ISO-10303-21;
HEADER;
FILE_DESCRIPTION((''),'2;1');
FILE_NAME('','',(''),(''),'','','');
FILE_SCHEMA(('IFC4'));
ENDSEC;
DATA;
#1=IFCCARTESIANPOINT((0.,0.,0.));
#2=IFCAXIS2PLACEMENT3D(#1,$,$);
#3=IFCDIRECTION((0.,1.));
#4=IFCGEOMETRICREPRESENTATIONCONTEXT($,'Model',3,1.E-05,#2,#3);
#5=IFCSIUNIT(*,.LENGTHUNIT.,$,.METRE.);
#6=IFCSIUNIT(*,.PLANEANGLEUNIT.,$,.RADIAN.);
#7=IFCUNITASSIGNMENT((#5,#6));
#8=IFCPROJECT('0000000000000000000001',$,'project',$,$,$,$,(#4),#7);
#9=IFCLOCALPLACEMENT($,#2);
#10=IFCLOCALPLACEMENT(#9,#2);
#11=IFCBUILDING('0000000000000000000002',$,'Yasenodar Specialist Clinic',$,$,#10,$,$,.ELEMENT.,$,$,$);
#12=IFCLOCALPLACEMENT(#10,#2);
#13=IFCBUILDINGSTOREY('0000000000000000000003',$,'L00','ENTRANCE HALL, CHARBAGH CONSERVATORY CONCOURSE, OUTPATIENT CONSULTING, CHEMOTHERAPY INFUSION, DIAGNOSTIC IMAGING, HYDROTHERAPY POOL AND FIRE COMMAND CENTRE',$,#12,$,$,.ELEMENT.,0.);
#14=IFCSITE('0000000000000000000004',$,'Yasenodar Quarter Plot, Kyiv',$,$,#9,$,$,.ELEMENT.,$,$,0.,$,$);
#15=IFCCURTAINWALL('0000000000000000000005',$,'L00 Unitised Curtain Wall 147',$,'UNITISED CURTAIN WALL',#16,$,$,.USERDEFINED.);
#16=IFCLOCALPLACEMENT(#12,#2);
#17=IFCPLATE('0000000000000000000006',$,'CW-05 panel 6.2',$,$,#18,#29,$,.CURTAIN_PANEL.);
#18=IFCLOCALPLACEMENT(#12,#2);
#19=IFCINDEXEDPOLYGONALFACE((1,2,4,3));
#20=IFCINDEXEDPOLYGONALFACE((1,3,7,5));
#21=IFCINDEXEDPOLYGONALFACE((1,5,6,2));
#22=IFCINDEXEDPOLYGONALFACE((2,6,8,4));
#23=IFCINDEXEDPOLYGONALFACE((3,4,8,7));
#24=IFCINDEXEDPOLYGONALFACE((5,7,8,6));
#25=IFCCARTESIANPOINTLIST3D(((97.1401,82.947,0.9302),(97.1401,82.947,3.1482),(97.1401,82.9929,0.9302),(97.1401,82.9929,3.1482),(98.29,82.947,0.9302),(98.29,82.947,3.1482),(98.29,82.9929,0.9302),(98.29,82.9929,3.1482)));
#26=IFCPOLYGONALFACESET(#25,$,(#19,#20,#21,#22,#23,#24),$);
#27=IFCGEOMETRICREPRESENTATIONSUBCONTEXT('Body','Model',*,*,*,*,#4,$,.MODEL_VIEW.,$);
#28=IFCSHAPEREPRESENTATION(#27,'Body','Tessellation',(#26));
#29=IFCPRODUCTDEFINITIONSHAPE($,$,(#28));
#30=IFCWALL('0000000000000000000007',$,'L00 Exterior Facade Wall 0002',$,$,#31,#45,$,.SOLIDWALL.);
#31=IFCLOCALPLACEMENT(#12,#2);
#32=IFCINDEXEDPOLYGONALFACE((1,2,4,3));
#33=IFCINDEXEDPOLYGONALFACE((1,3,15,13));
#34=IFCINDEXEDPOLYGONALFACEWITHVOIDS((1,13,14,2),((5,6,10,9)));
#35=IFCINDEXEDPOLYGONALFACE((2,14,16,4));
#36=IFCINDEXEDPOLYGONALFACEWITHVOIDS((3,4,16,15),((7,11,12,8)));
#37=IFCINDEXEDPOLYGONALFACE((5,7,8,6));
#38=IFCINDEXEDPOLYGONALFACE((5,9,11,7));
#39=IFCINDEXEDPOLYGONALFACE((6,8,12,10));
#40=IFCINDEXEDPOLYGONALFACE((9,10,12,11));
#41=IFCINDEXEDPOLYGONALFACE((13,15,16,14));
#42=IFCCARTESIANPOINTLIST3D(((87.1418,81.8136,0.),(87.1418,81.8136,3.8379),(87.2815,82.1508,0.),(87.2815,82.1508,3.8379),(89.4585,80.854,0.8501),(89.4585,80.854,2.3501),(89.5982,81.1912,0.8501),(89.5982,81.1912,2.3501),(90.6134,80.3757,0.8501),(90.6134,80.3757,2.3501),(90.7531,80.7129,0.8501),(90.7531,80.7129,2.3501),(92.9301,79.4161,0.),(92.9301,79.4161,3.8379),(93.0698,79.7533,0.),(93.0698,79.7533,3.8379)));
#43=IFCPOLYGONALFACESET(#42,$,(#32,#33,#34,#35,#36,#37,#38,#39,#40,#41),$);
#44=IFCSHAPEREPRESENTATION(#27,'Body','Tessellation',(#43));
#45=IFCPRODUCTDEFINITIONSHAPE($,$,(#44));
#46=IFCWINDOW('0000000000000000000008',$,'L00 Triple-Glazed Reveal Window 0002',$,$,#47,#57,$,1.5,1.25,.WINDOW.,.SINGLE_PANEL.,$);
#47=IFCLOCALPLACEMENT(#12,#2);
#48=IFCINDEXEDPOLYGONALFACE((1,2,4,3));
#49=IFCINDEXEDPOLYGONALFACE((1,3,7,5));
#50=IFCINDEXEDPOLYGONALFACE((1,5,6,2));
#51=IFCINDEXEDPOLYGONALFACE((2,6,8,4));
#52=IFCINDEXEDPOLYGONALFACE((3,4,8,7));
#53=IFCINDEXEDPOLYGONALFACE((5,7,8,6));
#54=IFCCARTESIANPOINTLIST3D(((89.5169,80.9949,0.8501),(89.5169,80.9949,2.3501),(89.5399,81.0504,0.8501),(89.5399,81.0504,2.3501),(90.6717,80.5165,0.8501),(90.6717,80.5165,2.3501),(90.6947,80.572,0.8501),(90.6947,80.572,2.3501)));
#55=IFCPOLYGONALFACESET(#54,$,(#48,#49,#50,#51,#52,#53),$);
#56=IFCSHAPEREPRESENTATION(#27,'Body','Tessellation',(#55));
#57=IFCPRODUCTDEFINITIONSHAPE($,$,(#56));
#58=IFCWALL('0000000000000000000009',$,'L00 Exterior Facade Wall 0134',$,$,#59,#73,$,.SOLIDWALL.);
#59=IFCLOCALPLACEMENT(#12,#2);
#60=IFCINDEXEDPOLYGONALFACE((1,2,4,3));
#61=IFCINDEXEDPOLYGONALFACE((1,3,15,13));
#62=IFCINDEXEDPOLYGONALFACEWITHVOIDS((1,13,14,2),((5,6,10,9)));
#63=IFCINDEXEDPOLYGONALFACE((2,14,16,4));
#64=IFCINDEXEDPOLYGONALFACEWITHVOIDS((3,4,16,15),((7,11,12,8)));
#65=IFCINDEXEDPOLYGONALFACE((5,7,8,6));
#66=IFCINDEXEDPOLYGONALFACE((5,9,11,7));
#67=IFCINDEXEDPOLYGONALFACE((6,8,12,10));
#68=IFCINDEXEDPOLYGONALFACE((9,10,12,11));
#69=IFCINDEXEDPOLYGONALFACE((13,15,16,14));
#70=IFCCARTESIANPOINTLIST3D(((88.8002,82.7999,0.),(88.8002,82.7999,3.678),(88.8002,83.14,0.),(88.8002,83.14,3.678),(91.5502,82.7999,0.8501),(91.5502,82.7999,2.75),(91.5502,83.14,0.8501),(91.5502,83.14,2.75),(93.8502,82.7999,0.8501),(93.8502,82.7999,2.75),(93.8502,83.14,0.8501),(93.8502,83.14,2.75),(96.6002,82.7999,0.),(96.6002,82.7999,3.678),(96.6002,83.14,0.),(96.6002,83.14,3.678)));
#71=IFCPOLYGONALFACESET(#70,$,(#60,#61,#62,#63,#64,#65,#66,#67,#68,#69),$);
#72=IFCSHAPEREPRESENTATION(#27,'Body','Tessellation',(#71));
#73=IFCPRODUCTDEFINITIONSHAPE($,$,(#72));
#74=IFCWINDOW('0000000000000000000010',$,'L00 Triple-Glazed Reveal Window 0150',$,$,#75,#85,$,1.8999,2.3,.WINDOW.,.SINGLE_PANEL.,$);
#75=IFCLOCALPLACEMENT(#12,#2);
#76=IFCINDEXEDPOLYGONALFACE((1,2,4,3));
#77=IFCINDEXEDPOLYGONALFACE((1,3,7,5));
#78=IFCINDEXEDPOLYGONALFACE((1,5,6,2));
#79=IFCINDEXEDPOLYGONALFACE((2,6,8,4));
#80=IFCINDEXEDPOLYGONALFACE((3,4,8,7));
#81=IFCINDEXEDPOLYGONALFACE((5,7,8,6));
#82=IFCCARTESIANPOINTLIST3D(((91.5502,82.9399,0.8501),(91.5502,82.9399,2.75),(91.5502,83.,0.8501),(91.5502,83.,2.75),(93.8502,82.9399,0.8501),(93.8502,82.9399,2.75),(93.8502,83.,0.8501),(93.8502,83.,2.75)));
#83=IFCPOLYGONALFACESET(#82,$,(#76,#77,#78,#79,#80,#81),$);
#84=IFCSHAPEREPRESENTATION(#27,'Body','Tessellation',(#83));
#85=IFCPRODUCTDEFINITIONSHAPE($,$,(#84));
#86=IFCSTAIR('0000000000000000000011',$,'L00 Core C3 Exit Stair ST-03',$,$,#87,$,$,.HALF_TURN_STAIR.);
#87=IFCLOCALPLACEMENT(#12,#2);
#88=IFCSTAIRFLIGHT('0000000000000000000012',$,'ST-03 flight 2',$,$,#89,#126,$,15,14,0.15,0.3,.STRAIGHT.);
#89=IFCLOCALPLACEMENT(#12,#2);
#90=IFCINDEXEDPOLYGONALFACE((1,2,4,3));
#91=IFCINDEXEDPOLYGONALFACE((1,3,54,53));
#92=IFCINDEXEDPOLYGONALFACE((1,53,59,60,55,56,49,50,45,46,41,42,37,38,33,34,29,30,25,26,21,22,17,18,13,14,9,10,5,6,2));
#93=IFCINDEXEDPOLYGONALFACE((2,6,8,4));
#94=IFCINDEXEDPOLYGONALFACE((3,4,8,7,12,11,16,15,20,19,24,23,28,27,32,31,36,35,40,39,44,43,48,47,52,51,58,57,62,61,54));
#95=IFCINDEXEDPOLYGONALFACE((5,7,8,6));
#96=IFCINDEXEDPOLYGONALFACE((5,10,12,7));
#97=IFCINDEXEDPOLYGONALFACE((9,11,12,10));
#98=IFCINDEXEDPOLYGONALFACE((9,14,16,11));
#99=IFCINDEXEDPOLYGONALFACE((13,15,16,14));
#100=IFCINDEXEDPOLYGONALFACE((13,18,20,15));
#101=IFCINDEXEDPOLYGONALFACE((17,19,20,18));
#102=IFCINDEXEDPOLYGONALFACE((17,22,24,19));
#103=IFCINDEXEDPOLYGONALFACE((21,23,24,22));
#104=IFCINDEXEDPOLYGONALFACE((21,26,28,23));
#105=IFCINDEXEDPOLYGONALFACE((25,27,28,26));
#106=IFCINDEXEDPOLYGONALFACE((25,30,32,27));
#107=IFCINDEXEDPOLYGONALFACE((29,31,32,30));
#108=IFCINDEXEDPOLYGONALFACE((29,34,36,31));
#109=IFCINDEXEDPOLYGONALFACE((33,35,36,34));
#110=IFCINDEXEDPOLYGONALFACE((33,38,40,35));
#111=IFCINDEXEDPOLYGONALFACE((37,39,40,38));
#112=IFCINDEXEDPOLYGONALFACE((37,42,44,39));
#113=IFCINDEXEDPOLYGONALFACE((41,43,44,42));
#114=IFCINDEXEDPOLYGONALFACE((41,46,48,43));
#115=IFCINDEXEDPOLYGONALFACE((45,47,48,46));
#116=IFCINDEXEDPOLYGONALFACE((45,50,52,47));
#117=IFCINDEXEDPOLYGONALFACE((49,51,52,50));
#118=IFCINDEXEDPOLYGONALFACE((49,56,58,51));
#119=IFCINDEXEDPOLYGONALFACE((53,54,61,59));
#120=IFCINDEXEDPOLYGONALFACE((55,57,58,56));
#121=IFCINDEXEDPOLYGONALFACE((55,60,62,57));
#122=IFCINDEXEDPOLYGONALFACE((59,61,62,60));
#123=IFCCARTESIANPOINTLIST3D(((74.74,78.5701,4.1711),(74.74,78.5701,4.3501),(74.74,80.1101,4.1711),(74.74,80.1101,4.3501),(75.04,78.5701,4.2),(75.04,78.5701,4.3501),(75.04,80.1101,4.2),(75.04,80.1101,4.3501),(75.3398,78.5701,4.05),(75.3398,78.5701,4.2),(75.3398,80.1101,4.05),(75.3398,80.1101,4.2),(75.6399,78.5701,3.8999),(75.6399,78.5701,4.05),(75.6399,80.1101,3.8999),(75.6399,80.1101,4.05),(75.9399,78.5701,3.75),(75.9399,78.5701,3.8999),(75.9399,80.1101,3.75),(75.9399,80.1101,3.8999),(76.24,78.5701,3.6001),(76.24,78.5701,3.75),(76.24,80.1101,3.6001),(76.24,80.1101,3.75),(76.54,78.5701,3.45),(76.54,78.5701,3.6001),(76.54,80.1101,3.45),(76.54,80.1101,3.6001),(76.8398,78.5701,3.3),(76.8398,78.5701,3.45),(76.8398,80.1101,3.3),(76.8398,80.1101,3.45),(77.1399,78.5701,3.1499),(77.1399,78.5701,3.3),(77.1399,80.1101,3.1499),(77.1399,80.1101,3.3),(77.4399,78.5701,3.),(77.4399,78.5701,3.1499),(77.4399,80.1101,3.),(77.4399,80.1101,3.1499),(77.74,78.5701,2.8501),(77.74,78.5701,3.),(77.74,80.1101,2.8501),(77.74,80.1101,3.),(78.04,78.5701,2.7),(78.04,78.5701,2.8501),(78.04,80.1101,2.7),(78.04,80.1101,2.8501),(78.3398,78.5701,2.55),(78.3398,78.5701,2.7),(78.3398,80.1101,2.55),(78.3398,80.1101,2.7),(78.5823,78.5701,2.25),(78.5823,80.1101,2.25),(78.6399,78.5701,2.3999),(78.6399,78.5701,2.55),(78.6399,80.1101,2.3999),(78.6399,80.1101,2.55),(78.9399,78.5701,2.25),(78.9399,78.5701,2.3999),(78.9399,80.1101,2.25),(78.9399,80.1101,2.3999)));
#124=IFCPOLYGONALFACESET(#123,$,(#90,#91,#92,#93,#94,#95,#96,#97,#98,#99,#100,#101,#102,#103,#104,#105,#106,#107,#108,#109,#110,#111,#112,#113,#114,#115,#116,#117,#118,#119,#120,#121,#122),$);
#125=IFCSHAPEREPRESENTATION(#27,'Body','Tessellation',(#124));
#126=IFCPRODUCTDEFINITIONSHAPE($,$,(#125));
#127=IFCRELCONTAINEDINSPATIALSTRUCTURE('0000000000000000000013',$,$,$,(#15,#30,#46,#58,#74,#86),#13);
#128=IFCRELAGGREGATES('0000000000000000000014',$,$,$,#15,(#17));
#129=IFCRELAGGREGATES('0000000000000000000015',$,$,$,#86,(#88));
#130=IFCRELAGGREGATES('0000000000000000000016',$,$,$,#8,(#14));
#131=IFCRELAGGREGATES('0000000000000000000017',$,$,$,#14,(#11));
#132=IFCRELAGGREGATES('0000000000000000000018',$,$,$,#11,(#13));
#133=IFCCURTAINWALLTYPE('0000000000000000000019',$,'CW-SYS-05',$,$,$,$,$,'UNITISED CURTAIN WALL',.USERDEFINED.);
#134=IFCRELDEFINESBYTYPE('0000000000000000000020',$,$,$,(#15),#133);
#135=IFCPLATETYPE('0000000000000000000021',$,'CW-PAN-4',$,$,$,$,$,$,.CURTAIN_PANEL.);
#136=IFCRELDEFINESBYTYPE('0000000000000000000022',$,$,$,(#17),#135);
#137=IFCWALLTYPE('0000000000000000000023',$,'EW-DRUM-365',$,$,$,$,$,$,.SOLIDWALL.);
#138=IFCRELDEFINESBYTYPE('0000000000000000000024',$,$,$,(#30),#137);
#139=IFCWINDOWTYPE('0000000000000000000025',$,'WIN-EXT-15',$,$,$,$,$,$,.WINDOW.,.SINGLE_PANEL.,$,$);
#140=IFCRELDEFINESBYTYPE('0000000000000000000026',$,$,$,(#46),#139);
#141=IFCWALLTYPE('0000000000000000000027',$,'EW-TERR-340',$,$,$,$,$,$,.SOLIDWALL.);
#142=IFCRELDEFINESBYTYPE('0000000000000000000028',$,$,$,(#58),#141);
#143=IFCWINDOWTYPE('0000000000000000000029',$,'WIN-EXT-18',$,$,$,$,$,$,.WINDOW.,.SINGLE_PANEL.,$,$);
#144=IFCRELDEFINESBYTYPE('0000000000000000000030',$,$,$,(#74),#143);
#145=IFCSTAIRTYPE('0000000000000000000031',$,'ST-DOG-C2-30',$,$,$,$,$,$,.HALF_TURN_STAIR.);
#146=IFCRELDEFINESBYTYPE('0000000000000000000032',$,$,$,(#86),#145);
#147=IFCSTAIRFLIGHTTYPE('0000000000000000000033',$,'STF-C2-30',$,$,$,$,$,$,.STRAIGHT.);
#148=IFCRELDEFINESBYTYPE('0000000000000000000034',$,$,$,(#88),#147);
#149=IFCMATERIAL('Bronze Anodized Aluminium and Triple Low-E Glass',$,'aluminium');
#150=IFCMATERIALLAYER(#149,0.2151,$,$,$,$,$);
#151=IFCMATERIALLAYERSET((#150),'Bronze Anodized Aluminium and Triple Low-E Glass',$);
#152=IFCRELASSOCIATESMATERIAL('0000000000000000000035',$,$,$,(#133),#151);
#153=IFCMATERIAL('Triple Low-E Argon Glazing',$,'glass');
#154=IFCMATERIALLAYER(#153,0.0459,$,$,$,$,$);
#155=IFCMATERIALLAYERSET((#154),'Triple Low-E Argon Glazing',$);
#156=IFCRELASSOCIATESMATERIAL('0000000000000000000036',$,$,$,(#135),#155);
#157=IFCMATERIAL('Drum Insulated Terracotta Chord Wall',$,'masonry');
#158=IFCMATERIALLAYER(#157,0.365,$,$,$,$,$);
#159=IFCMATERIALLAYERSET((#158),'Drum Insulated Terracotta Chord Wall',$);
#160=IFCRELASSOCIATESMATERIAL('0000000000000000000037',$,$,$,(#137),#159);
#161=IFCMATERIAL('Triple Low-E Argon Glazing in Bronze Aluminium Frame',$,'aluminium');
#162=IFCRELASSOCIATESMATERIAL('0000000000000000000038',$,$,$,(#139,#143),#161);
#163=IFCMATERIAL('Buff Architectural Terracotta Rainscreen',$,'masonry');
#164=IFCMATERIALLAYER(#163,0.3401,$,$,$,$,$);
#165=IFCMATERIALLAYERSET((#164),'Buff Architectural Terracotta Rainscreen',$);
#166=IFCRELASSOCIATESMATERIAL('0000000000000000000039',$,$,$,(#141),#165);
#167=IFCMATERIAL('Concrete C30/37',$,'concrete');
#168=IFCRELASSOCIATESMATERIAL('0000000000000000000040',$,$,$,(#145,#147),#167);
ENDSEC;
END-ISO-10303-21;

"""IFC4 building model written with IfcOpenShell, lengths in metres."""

from ifc_helpers import new_model, si_unit, direction, frame, frame_2d, origin, origin_2d, place, context, subcontext, project, spatial, polyline, rectangle, outline, extrude, material, layer, layer_set, type_object, element, fill, aggregate, save


model = new_model("IFC4")

# Units and contexts
model_context = context("Model", 3, precision=1e-05, world=origin(), true_north=direction((0.0, 1.0)))
body_context = subcontext(model_context, "Body", "Model", "MODEL_VIEW")
ifc_project = project(units=[si_unit("LENGTHUNIT", "METRE"), si_unit("PLANEANGLEUNIT", "RADIAN")], contexts=[model_context])

# Site, building, storey
site_placement = place(None, origin())
site = spatial("IfcSite", under=ifc_project, at=site_placement, Name="Yasenodar Quarter Plot, Kyiv", CompositionType="ELEMENT", RefElevation=0.0)
building_placement = place(site_placement, origin())
building = spatial("IfcBuilding", under=site, at=building_placement, Name="Yasenodar Specialist Clinic", CompositionType="ELEMENT")
storey_placement = place(building_placement, origin())
storey = spatial("IfcBuildingStorey", under=building, at=storey_placement, Name="L00", Description="ENTRANCE HALL, CHARBAGH CONSERVATORY CONCOURSE, OUTPATIENT CONSULTING, CHEMOTHERAPY INFUSION, DIAGNOSTIC IMAGING, HYDROTHERAPY POOL AND FIRE COMMAND CENTRE", CompositionType="ELEMENT", Elevation=0.0)

# Curtain wall
ifc_material_1 = material(Name="Bronze Anodized Aluminium and Triple Low-E Glass", Category="aluminium")
ifc_layer_1 = layer(ifc_material_1, 0.2151)
ifc_layer_set_1 = layer_set([ifc_layer_1], Name="Bronze Anodized Aluminium and Triple Low-E Glass")
curtain_wall_type_1 = type_object("IfcCurtainWallType", Name="CW-SYS-05", ElementType="UNITISED CURTAIN WALL", PredefinedType="USERDEFINED", material=ifc_layer_set_1)
curtain_wall_1_placement = place(storey_placement, origin())
curtain_wall_1 = element("IfcCurtainWall", 1, at=curtain_wall_1_placement, inside=storey, type_object=curtain_wall_type_1, Name="L00 Unitised Curtain Wall 147", ObjectType="UNITISED CURTAIN WALL", PredefinedType="USERDEFINED")

# Plate
ifc_material_2 = material(Name="Triple Low-E Argon Glazing", Category="glass")
ifc_layer_2 = layer(ifc_material_2, 0.0459)
ifc_layer_set_2 = layer_set([ifc_layer_2], Name="Triple Low-E Argon Glazing")
plate_type = type_object("IfcPlateType", Name="CW-PAN-4", PredefinedType="CURTAIN_PANEL", material=ifc_layer_set_2)
plate_1_placement = place(storey_placement, frame((97.7151, 82.97, 0.9302), z_axis=(0.0, 0.0, 1.0), x_axis=(-1.0, 0.0, 0.0)))
plate_1 = element("IfcPlate", 2, at=plate_1_placement, type_object=plate_type, Name="CW-05 panel 6.2", PredefinedType="CURTAIN_PANEL", context=body_context, shape_type="SweptSolid", body=[
    extrude(rectangle(XDim=1.1499, YDim=0.0459, at=origin_2d()), origin(), (0.0, 0.0, 1.0), 2.218),
])
aggregate(curtain_wall_1, [plate_1])

# Walls, openings, windows
ifc_material_3 = material(Name="Drum Insulated Terracotta Chord Wall", Category="masonry")
ifc_layer_3 = layer(ifc_material_3, 0.365)
ifc_layer_set_3 = layer_set([ifc_layer_3], Name="Drum Insulated Terracotta Chord Wall")
wall_type_1 = type_object("IfcWallType", Name="EW-DRUM-365", PredefinedType="SOLIDWALL", material=ifc_layer_set_3)
wall_1_placement = place(storey_placement, frame((87.2117, 81.9822, 0.0), z_axis=(0.0, 0.0, 1.0), x_axis=(0.923888, -0.382664, 0.0)))
wall_1 = element("IfcWall", 3, at=wall_1_placement, inside=storey, type_object=wall_type_1, Name="L00 Exterior Facade Wall 0002", PredefinedType="SOLIDWALL", context=body_context, shape_type="SweptSolid", body=[
    extrude(rectangle(XDim=6.2651, YDim=0.365, at=frame_2d((3.1326, 0.0))), origin(), (0.0, 0.0, 1.0), 3.8379),
])
opening_1_placement = place(wall_1_placement, frame((2.5076, 0.0, 0.8501)))
opening_1 = element("IfcOpeningElement", 4, at=opening_1_placement, cuts=wall_1, PredefinedType="OPENING", context=body_context, shape_type="SweptSolid", body=[
    extrude(rectangle(XDim=1.25, YDim=1.5, at=frame_2d((0.625, 0.75))), frame((0.0, 0.1924, 0.0), z_axis=(0.0, -1.0, 0.0), x_axis=(1.0, 0.0, 0.0)), (0.0, 0.0, 1.0), 0.385),
])
ifc_material_4 = material(Name="Triple Low-E Argon Glazing in Bronze Aluminium Frame", Category="aluminium")
window_type_1 = type_object("IfcWindowType", Name="WIN-EXT-15", PartitioningType="SINGLE_PANEL", PredefinedType="WINDOW", material=ifc_material_4)
window_1_placement = place(opening_1_placement, origin())
window_1 = element("IfcWindow", 5, at=window_1_placement, inside=storey, type_object=window_type_1, Name="L00 Triple-Glazed Reveal Window 0002", OverallHeight=1.5, OverallWidth=1.25, PartitioningType="SINGLE_PANEL", PredefinedType="WINDOW", context=body_context, shape_type="SweptSolid", body=[
    extrude(rectangle(XDim=1.25, YDim=1.5, at=frame_2d((0.625, 0.75))), frame((0.0, 0.03, 0.0), z_axis=(0.0, -1.0, 0.0), x_axis=(1.0, 0.0, 0.0)), (0.0, 0.0, 1.0), 0.0601),
])
fill(opening_1, window_1)
ifc_material_5 = material(Name="Buff Architectural Terracotta Rainscreen", Category="masonry")
ifc_layer_4 = layer(ifc_material_5, 0.3401)
ifc_layer_set_4 = layer_set([ifc_layer_4], Name="Buff Architectural Terracotta Rainscreen")
wall_type_2 = type_object("IfcWallType", Name="EW-TERR-340", PredefinedType="SOLIDWALL", material=ifc_layer_set_4)
wall_2_placement = place(storey_placement, frame((96.6001, 82.97, 0.0), z_axis=(0.0, 0.0, 1.0), x_axis=(-1.0, 0.0, 0.0)))
wall_2 = element("IfcWall", 6, at=wall_2_placement, inside=storey, type_object=wall_type_2, Name="L00 Exterior Facade Wall 0134", PredefinedType="SOLIDWALL", context=body_context, shape_type="SweptSolid", body=[
    extrude(rectangle(XDim=7.8, YDim=0.3401, at=frame_2d((3.8999, 0.0))), origin(), (0.0, 0.0, 1.0), 3.678),
])
opening_2_placement = place(wall_2_placement, frame((2.75, 0.0, 0.8501)))
opening_2 = element("IfcOpeningElement", 7, at=opening_2_placement, cuts=wall_2, PredefinedType="OPENING", context=body_context, shape_type="SweptSolid", body=[
    extrude(rectangle(XDim=2.3, YDim=1.8999, at=frame_2d((1.1499, 0.95))), frame((0.0, 0.1802, 0.0), z_axis=(0.0, -1.0, 0.0), x_axis=(1.0, 0.0, 0.0)), (0.0, 0.0, 1.0), 0.3601),
])
window_type_2 = type_object("IfcWindowType", Name="WIN-EXT-18", PartitioningType="SINGLE_PANEL", PredefinedType="WINDOW", material=ifc_material_4)
window_2_placement = place(opening_2_placement, origin())
window_2 = element("IfcWindow", 8, at=window_2_placement, inside=storey, type_object=window_type_2, Name="L00 Triple-Glazed Reveal Window 0150", OverallHeight=1.8999, OverallWidth=2.3, PartitioningType="SINGLE_PANEL", PredefinedType="WINDOW", context=body_context, shape_type="SweptSolid", body=[
    extrude(rectangle(XDim=2.3, YDim=1.8999, at=frame_2d((1.1499, 0.95))), frame((0.0, 0.03, 0.0), z_axis=(0.0, -1.0, 0.0), x_axis=(1.0, 0.0, 0.0)), (0.0, 0.0, 1.0), 0.0601),
])
fill(opening_2, window_2)

# Stair, stair flight
ifc_material_6 = material(Name="Concrete C30/37", Category="concrete")
stair_type = type_object("IfcStairType", Name="ST-DOG-C2-30", PredefinedType="HALF_TURN_STAIR", material=ifc_material_6)
stair_placement = place(storey_placement, origin())
stair = element("IfcStair", 9, at=stair_placement, inside=storey, type_object=stair_type, Name="L00 Core C3 Exit Stair ST-03", PredefinedType="HALF_TURN_STAIR")
stair_flight_type = type_object("IfcStairFlightType", Name="STF-C2-30", PredefinedType="STRAIGHT", material=ifc_material_6)
stair_flight_placement = place(storey_placement, frame((78.9399, 79.3401, 2.25), z_axis=(0.0, 0.0, 1.0), x_axis=(-1.0, 0.0, 0.0)))
stair_flight = element("IfcStairFlight", 10, at=stair_flight_placement, type_object=stair_flight_type, Name="ST-03 flight 2", NumberOfRisers=15, NumberOfTreads=14, PredefinedType="STRAIGHT", RiserHeight=0.15, TreadLength=0.3, context=body_context, shape_type="SweptSolid", body=[
    extrude(outline(polyline([(0.0, 0.0), (0.0, 0.1499), (0.3, 0.1499), (0.3, 0.3), (0.6001, 0.3), (0.6001, 0.45), (0.8999, 0.45), (0.8999, 0.6001), (1.2, 0.6001), (1.2, 0.75), (1.5, 0.75), (1.5, 0.8999), (1.8, 0.8999), (1.8, 1.05), (2.1001, 1.05), (2.1001, 1.2), (2.3999, 1.2), (2.3999, 1.3501), (2.7, 1.3501), (2.7, 1.5), (3.0, 1.5), (3.0, 1.6499), (3.3, 1.6499), (3.3, 1.8), (3.6001, 1.8), (3.6001, 1.95), (3.8999, 1.95), (3.8999, 2.1001), (4.2, 2.1001), (4.2, 2.25), (4.2, 1.9211), (0.3577, 0.0), (0.0, 0.0)])), frame((0.0, 0.77, 0.0), z_axis=(0.0, -1.0, 0.0), x_axis=(1.0, 0.0, 0.0)), (0.0, 0.0, 1.0), 1.54),
])
aggregate(stair, [stair_flight])

save(model, "model.ifc")
